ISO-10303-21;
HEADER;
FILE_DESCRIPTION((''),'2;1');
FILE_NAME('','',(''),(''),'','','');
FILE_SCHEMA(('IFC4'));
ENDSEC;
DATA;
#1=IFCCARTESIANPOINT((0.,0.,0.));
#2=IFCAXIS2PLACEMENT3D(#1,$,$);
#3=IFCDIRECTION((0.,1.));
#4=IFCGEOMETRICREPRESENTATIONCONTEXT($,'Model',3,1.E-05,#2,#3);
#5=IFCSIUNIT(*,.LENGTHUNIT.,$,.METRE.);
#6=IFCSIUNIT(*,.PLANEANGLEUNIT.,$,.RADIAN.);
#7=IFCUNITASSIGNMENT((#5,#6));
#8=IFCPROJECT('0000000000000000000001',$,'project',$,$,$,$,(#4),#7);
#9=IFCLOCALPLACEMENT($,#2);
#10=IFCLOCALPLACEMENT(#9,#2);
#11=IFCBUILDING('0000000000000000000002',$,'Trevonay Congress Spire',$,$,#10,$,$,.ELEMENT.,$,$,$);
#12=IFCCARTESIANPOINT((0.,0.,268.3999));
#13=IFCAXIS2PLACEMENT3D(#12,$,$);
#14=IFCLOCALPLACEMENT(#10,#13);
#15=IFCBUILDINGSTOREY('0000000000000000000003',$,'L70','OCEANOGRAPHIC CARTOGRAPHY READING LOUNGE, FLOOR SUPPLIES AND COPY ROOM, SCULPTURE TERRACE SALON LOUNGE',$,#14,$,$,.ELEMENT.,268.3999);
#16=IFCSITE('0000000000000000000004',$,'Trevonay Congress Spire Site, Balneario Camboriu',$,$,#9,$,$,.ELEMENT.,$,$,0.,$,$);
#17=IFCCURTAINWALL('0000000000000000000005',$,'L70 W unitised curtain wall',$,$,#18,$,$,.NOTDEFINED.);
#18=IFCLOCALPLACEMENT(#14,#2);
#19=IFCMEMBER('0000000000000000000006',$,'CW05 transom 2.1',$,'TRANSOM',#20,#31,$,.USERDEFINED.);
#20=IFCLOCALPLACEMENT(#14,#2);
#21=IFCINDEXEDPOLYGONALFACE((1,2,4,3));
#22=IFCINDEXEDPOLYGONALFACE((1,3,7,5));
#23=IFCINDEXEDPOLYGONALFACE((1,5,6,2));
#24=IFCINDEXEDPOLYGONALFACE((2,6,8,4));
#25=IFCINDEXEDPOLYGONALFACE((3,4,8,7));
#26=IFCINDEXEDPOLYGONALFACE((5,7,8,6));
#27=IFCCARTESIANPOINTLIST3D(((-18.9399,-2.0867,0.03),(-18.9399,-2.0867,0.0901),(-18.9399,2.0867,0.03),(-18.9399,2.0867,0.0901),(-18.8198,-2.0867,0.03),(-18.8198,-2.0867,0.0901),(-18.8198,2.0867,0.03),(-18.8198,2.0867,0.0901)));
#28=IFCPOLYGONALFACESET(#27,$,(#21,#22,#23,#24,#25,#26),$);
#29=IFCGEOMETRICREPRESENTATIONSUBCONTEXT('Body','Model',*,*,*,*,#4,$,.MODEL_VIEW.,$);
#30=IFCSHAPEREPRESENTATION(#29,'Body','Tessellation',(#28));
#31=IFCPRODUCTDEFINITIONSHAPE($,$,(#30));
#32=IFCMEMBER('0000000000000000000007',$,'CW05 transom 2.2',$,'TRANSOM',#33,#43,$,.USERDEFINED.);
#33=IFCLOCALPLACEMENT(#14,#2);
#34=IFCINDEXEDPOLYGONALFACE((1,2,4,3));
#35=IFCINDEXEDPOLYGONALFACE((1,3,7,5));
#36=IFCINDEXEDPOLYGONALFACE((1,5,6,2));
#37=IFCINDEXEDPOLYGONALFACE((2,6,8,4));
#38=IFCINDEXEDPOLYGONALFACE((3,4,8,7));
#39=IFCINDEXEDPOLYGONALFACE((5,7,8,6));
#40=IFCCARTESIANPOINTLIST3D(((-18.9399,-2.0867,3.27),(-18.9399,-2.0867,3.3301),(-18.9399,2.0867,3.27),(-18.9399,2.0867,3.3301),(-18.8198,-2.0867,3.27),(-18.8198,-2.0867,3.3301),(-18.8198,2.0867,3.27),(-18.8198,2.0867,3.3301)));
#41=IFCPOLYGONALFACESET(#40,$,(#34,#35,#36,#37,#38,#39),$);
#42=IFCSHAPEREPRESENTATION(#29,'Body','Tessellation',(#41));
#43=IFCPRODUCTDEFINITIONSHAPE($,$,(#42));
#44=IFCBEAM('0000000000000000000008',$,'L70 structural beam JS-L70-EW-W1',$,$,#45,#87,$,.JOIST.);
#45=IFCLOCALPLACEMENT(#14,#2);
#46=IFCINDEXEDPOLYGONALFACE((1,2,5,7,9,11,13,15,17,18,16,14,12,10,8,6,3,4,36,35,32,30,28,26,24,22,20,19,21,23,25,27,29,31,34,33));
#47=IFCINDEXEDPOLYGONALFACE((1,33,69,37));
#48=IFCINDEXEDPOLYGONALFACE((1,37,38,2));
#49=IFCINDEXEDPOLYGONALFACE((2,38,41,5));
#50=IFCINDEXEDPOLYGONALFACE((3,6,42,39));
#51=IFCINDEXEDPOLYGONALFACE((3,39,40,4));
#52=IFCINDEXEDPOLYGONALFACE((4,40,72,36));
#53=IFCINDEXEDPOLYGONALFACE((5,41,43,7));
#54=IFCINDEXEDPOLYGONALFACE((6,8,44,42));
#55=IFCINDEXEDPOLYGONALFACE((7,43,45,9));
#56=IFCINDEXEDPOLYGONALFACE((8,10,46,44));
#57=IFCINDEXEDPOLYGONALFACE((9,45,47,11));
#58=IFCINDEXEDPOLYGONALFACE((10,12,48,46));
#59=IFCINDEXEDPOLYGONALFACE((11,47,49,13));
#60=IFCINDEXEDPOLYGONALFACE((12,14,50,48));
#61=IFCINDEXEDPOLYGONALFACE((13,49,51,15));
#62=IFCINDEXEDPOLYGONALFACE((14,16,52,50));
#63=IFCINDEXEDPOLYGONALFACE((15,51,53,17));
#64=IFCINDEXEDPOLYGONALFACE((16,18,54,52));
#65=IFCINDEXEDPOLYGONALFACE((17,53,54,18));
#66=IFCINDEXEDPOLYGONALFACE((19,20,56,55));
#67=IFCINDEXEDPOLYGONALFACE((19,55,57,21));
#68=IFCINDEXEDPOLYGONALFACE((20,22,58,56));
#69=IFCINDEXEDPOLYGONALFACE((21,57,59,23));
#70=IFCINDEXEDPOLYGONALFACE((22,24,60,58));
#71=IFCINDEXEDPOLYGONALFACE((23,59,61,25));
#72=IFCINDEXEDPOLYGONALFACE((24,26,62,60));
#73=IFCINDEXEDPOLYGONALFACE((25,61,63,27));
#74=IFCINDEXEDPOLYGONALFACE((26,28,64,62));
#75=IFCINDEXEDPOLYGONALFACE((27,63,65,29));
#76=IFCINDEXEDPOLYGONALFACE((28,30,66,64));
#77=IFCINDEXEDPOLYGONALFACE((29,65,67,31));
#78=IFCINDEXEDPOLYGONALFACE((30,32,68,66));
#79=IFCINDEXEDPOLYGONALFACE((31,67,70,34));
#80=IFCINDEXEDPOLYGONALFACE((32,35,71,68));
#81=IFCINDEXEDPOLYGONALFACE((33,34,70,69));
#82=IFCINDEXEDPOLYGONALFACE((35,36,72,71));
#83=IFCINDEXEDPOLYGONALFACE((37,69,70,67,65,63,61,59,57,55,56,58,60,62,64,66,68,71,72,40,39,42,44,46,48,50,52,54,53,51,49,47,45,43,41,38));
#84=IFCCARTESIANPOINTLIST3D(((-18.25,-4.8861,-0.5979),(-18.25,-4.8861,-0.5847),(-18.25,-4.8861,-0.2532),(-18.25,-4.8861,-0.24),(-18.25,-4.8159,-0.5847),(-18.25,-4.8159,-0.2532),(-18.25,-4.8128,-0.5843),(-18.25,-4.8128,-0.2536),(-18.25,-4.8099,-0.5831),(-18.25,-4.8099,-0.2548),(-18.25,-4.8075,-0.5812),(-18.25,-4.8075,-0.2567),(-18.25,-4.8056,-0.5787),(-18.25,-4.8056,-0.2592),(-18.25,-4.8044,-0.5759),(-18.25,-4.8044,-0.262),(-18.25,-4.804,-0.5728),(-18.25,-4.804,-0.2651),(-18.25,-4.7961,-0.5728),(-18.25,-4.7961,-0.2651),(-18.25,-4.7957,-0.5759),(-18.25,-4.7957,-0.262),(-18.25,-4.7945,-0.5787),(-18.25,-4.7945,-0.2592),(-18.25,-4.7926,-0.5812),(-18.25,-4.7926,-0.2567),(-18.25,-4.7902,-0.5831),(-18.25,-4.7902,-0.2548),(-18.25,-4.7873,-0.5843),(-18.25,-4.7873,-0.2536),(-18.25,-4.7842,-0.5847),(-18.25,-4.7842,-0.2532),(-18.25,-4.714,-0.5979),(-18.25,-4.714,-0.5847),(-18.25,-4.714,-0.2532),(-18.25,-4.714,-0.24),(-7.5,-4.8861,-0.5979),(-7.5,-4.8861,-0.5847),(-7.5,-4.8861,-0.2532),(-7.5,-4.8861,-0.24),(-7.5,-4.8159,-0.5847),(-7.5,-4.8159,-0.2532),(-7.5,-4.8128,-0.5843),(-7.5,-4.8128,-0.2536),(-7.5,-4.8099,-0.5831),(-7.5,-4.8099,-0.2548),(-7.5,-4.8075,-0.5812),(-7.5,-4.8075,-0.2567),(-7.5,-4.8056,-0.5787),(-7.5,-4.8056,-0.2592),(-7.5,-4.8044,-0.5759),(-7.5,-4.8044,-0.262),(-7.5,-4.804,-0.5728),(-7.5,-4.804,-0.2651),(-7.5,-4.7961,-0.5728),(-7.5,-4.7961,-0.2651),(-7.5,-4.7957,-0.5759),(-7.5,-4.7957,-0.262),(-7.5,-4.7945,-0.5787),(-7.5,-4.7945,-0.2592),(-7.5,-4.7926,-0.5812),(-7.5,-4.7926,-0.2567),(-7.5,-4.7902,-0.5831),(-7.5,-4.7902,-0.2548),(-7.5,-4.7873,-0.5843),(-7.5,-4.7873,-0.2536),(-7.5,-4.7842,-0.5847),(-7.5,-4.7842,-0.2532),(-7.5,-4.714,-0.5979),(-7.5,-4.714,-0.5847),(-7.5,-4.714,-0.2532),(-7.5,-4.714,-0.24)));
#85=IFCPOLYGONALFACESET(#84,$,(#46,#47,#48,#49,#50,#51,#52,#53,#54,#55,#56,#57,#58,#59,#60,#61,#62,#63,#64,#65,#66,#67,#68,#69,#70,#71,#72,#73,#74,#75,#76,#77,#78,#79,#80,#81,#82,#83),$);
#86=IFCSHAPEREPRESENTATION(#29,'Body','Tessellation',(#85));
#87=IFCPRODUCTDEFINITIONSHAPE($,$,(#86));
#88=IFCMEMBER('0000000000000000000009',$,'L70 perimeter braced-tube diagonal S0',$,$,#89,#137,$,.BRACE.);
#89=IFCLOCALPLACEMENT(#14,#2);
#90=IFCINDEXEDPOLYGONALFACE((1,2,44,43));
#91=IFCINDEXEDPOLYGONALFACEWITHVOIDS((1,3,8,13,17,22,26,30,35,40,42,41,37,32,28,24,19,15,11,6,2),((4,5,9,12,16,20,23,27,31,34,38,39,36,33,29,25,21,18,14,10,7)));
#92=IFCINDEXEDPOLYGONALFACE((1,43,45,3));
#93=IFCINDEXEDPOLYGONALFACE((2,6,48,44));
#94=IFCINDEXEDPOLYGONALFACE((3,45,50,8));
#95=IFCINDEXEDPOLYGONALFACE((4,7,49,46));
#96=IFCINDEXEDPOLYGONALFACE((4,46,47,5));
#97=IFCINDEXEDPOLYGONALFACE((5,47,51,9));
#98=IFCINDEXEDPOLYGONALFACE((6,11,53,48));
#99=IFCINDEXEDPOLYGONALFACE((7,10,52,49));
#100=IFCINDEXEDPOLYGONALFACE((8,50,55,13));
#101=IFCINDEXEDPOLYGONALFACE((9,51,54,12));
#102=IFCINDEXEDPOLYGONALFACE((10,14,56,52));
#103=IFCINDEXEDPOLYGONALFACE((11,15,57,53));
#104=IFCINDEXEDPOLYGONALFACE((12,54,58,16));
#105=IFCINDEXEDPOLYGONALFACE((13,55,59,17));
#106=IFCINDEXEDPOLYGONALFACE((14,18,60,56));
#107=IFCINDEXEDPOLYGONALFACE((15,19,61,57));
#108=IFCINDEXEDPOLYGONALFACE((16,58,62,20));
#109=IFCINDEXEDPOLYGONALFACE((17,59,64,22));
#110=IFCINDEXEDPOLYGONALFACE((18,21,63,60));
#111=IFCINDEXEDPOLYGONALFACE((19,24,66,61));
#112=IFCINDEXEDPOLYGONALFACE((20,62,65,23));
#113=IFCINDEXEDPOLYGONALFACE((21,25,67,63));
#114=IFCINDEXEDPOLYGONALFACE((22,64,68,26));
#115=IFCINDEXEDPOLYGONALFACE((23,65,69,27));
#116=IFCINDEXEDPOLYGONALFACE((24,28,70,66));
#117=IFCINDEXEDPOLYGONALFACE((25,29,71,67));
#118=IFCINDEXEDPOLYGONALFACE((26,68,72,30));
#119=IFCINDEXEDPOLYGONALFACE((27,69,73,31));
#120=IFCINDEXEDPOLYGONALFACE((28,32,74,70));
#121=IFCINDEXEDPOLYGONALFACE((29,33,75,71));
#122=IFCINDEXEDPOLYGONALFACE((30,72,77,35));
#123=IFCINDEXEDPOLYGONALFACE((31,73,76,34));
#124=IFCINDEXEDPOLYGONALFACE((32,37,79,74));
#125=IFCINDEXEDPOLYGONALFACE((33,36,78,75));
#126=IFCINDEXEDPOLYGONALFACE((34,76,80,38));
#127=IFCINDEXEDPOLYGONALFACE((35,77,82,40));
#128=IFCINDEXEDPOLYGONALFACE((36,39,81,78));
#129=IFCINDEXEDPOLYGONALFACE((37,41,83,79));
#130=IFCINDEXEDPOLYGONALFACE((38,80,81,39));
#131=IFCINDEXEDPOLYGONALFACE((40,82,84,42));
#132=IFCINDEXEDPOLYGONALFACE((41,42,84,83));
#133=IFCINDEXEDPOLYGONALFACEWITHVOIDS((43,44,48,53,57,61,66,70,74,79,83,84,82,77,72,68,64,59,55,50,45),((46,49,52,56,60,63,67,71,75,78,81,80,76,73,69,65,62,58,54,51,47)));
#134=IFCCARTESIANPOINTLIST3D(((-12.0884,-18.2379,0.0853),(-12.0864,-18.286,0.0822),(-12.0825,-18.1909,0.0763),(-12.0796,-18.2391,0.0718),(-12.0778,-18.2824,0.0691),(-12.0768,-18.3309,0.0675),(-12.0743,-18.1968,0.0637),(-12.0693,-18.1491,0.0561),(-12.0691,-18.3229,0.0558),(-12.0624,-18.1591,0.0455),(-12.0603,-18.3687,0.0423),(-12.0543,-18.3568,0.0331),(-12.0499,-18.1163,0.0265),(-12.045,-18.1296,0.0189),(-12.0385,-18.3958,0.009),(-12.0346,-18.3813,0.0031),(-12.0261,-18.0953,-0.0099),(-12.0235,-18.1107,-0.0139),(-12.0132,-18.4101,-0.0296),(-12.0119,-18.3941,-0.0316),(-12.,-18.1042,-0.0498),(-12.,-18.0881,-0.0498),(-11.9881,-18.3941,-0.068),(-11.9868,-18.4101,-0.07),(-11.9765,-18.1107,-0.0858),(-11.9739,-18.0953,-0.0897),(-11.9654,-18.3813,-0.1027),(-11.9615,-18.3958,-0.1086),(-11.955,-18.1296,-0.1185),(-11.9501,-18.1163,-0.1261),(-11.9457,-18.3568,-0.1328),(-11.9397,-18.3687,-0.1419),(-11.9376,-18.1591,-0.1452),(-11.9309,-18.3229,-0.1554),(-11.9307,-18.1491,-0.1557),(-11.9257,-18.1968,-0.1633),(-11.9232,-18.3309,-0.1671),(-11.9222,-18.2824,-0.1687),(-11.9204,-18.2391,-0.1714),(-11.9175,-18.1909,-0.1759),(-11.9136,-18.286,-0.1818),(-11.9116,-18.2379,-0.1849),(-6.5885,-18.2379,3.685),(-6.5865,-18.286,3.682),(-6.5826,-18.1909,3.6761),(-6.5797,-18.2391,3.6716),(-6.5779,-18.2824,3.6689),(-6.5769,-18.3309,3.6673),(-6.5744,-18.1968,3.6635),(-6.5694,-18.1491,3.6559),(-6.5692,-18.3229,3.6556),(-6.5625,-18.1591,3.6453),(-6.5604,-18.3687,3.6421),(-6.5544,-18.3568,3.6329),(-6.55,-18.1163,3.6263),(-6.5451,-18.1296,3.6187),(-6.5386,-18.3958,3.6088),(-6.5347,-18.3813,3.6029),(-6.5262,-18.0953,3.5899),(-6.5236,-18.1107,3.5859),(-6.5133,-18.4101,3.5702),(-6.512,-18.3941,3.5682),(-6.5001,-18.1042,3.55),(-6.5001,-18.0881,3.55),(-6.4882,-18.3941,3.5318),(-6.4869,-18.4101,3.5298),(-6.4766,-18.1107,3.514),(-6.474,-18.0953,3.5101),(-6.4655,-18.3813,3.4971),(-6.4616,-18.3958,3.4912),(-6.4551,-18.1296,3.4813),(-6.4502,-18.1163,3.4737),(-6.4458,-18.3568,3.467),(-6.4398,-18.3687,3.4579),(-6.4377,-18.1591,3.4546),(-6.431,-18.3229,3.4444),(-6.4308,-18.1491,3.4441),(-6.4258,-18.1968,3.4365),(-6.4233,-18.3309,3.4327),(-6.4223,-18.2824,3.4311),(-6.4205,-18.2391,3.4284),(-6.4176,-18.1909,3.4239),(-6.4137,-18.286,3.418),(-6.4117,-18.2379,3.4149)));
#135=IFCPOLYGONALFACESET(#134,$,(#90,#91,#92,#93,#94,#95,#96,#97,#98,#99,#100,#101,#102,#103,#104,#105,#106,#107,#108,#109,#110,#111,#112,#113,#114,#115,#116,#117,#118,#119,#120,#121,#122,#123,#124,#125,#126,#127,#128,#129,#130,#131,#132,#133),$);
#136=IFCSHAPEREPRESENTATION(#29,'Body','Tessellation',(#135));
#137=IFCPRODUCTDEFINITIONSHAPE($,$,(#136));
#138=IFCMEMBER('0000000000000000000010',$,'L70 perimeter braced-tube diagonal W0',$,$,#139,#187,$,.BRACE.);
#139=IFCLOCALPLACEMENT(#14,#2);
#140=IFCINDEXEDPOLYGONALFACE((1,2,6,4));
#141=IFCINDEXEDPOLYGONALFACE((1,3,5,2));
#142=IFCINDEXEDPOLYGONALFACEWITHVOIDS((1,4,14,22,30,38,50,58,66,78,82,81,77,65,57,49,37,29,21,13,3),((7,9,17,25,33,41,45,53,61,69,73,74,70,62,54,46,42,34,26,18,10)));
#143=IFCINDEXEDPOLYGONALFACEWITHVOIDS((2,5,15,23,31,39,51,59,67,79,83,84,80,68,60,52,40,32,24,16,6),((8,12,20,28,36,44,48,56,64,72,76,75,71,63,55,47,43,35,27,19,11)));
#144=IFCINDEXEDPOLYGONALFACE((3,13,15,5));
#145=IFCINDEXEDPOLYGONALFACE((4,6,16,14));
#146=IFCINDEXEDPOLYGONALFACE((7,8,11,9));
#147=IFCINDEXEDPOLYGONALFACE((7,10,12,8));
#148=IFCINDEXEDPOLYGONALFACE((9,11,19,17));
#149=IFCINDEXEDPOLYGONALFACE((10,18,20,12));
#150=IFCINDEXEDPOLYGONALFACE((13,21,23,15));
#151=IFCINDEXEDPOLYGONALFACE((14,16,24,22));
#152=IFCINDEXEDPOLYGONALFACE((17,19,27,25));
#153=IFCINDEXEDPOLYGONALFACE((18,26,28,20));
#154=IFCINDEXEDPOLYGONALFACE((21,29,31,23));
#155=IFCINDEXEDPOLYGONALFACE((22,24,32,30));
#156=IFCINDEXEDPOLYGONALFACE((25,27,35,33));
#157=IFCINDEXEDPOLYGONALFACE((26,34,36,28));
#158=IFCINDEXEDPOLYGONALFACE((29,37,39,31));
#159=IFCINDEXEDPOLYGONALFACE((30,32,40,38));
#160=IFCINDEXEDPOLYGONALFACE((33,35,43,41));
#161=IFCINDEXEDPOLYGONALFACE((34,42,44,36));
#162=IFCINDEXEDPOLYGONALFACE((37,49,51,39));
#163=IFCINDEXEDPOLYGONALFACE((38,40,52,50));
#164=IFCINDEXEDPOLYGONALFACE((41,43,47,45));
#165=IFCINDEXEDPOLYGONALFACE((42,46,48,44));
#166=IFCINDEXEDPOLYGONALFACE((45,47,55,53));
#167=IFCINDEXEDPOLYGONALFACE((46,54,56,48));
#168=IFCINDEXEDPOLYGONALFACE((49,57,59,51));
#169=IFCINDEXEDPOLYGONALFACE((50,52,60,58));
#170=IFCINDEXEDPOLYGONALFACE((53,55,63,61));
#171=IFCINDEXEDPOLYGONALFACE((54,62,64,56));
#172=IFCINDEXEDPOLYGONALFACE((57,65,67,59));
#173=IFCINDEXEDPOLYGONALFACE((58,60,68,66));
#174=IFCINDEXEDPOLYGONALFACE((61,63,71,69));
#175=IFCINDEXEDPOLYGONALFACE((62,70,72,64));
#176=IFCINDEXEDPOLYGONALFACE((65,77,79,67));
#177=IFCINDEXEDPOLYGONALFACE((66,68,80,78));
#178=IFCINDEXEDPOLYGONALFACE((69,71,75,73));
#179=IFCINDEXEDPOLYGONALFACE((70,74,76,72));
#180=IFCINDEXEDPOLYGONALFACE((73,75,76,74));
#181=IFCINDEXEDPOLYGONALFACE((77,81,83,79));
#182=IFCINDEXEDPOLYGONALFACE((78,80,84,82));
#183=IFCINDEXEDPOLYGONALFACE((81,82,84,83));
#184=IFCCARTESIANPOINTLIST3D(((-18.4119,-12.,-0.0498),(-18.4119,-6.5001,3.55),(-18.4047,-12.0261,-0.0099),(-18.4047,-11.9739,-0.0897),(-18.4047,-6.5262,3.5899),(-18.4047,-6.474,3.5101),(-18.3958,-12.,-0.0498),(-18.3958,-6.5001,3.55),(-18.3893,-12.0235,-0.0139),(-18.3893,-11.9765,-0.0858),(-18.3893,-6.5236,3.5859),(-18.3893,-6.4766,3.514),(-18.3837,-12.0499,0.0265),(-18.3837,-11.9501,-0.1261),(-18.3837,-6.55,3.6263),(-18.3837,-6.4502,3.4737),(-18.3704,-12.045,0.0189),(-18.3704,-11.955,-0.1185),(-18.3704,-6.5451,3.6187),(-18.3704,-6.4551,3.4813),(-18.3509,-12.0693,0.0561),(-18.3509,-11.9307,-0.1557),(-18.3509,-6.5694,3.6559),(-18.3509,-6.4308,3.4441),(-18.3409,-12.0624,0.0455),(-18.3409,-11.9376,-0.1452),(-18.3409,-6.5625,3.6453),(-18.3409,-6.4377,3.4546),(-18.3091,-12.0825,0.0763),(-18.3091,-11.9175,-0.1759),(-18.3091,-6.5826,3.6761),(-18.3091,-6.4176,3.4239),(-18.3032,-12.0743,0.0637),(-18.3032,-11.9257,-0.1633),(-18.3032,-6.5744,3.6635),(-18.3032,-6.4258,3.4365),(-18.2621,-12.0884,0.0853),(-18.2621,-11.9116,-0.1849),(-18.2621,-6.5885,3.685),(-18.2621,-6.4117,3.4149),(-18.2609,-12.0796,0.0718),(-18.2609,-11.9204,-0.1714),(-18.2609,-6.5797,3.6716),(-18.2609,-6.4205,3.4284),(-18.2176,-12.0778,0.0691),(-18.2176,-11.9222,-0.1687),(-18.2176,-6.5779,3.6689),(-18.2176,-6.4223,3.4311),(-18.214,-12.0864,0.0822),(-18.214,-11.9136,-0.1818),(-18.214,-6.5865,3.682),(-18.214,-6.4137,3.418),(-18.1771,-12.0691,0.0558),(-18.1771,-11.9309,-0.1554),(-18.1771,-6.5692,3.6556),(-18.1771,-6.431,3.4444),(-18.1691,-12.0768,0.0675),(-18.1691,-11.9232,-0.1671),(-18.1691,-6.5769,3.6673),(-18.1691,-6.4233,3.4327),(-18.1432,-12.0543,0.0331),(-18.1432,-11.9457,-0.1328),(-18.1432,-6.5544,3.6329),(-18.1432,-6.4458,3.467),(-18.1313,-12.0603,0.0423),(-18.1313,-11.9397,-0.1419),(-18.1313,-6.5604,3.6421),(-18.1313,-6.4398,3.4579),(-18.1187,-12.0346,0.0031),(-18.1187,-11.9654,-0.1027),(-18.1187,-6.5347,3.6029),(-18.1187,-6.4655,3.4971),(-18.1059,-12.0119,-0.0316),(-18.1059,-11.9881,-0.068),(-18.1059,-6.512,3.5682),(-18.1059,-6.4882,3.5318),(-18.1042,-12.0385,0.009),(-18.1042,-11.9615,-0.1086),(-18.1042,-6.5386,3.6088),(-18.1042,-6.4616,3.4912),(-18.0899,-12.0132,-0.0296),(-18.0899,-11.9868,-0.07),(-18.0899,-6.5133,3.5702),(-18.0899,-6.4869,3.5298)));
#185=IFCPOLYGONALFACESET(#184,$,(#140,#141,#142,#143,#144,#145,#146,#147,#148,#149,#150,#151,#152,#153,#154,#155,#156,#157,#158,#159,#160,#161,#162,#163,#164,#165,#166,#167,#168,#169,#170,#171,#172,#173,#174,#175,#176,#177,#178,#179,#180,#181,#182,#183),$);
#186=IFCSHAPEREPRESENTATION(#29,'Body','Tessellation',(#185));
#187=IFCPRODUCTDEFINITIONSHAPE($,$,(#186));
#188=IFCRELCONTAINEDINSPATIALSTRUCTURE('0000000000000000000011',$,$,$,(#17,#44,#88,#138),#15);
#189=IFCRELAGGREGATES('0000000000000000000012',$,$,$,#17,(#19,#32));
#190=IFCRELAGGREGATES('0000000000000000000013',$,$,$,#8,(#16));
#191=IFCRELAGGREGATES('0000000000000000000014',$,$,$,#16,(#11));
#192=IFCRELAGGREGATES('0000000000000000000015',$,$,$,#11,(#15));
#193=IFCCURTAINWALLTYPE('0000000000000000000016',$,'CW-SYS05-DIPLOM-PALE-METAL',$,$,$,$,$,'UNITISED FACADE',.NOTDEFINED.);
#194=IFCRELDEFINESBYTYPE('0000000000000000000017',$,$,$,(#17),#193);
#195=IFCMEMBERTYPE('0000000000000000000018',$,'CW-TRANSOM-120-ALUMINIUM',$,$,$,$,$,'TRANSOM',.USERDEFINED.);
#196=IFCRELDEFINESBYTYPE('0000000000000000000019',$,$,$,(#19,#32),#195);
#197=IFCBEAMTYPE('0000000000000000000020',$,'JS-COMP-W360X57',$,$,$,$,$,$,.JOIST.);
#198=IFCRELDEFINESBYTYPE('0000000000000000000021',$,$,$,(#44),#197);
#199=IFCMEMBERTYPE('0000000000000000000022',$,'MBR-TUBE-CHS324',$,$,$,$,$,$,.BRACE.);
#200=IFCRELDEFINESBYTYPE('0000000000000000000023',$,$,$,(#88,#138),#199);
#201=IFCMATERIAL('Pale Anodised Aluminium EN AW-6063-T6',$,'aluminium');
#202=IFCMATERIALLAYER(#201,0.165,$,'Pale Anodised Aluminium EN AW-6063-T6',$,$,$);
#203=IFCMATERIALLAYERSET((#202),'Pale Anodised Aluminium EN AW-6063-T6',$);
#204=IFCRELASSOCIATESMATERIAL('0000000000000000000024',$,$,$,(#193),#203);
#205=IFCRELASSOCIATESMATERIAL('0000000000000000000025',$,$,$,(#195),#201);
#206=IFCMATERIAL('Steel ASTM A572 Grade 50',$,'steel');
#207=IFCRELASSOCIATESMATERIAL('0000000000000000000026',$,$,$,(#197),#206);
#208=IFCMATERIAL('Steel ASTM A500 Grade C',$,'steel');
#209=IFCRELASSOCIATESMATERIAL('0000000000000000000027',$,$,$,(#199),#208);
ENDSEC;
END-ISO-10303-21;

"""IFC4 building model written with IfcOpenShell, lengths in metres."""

from ifc_helpers import new_model, si_unit, direction, frame, origin, origin_2d, place, context, subcontext, project, spatial, rectangle, hollow_circle, i_section, extrude, material, layer, layer_set, material_profile, profile_set, type_object, element, aggregate, save


model = new_model("IFC4")

# Units and contexts
model_context = context("Model", 3, precision=1e-05, world=origin(), true_north=direction((0.0, 1.0)))
body_context = subcontext(model_context, "Body", "Model", "MODEL_VIEW")
ifc_project = project(units=[si_unit("LENGTHUNIT", "METRE"), si_unit("PLANEANGLEUNIT", "RADIAN")], contexts=[model_context])

# Site, building, storey
site_placement = place(None, origin())
site = spatial("IfcSite", under=ifc_project, at=site_placement, Name="Trevonay Congress Spire Site, Balneario Camboriu", CompositionType="ELEMENT", RefElevation=0.0)
building_placement = place(site_placement, origin())
building = spatial("IfcBuilding", under=site, at=building_placement, Name="Trevonay Congress Spire", CompositionType="ELEMENT")
storey_placement = place(building_placement, frame((0.0, 0.0, 268.3999)))
storey = spatial("IfcBuildingStorey", under=building, at=storey_placement, Name="L70", Description="OCEANOGRAPHIC CARTOGRAPHY READING LOUNGE, FLOOR SUPPLIES AND COPY ROOM, SCULPTURE TERRACE SALON LOUNGE", CompositionType="ELEMENT", Elevation=268.3999)

# Shared definitions
ifc_material_1 = material(Name="Steel ASTM A572 Grade 50", Category="steel")

# Curtain wall, members
ifc_material_2 = material(Name="Pale Anodised Aluminium EN AW-6063-T6", Category="aluminium")
ifc_layer_1 = layer(ifc_material_2, 0.165, Name="Pale Anodised Aluminium EN AW-6063-T6")
ifc_layer_set_1 = layer_set([ifc_layer_1], Name="Pale Anodised Aluminium EN AW-6063-T6")
curtain_wall_type = type_object("IfcCurtainWallType", Name="CW-SYS05-DIPLOM-PALE-METAL", ElementType="UNITISED FACADE", PredefinedType="NOTDEFINED", material=ifc_layer_set_1)
curtain_wall_placement = place(storey_placement, origin())
curtain_wall = element("IfcCurtainWall", 1, at=curtain_wall_placement, inside=storey, type_object=curtain_wall_type, Name="L70 W unitised curtain wall", PredefinedType="NOTDEFINED")
ifc_material_profile_1 = material_profile(ifc_material_2, rectangle(XDim=0.1201, YDim=0.0601, at=origin_2d()), Name="CW-TRANSOM-120-ALUMINIUM")
ifc_profile_set_1 = profile_set([ifc_material_profile_1], Name="Pale Anodised Aluminium EN AW-6063-T6")
member_type_1 = type_object("IfcMemberType", Name="CW-TRANSOM-120-ALUMINIUM", ElementType="TRANSOM", PredefinedType="USERDEFINED", material=ifc_profile_set_1)
member_1_placement = place(storey_placement, frame((-18.8799, -2.0867, 0.0601), z_axis=(0.0, 1.0, 0.0), x_axis=(-1.0, 0.0, 0.0)))
member_1 = element("IfcMember", 2, at=member_1_placement, type_object=member_type_1, Name="CW05 transom 2.1", ObjectType="TRANSOM", PredefinedType="USERDEFINED", context=body_context, shape_type="SweptSolid", body=[
    extrude(rectangle(XDim=0.1201, YDim=0.0601, at=origin_2d()), origin(), (0.0, 0.0, 1.0), 4.1733),
])
member_2_placement = place(storey_placement, frame((-18.8799, -2.0867, 3.3), z_axis=(0.0, 1.0, 0.0), x_axis=(-1.0, 0.0, 0.0)))
member_2 = element("IfcMember", 3, at=member_2_placement, type_object=member_type_1, Name="CW05 transom 2.2", ObjectType="TRANSOM", PredefinedType="USERDEFINED", context=body_context, shape_type="SweptSolid", body=[
    extrude(rectangle(XDim=0.1201, YDim=0.0601, at=origin_2d()), origin(), (0.0, 0.0, 1.0), 4.1733),
])

# Beam
ifc_material_profile_2 = material_profile(ifc_material_1, i_section(OverallWidth=0.1721, OverallDepth=0.3579, WebThickness=0.0078, FlangeThickness=0.0132, FilletRadius=0.012, at=origin_2d()), Name="W360x57.8")
ifc_profile_set_2 = profile_set([ifc_material_profile_2], Name="Steel ASTM A572 Grade 50")
beam_type_1 = type_object("IfcBeamType", Name="JS-COMP-W360X57", PredefinedType="JOIST", material=ifc_profile_set_2)
beam_1_placement = place(storey_placement, frame((-18.25, -4.8, -0.4189), z_axis=(1.0, 0.0, 0.0), x_axis=(0.0, 1.0, 0.0)))
element("IfcBeam", 4, at=beam_1_placement, inside=storey, type_object=beam_type_1, Name="L70 structural beam JS-L70-EW-W1", PredefinedType="JOIST", context=body_context, shape_type="SweptSolid", body=[
    extrude(i_section(OverallWidth=0.1721, OverallDepth=0.3579, WebThickness=0.0078, FlangeThickness=0.0132, FilletRadius=0.012, at=origin_2d()), origin(), (0.0, 0.0, 1.0), 10.75),
])

# Members
ifc_material_3 = material(Name="Steel ASTM A500 Grade C", Category="steel")
ifc_material_profile_3 = material_profile(ifc_material_3, hollow_circle(Radius=0.1619, WallThickness=0.0161, at=origin_2d()), Name="CHS 323.9x16")
ifc_profile_set_3 = profile_set([ifc_material_profile_3], Name="Steel ASTM A500 Grade C")
member_type_2 = type_object("IfcMemberType", Name="MBR-TUBE-CHS324", PredefinedType="BRACE", material=ifc_profile_set_3)
for number, where, z_axis, x_axis, name in (
    (5, (-12.0, -18.25, -0.0498), (0.836712, 0.0, 0.547644), (0.0, 1.0, 0.0), "L70 perimeter braced-tube diagonal S0"),
    (6, (-18.25, -12.0, -0.0498), (0.0, 0.836712, 0.547644), (-1.0, 0.0, 0.0), "L70 perimeter braced-tube diagonal W0"),
):
    element("IfcMember", number, at=place(storey_placement, frame(where, z_axis=z_axis, x_axis=x_axis)), inside=storey, type_object=member_type_2, Name=name, PredefinedType="BRACE", context=body_context, shape_type="SweptSolid", body=[
        extrude(hollow_circle(Radius=0.1619, WallThickness=0.0161, at=origin_2d()), origin(), (0.0, 0.0, 1.0), 6.5732),
    ])

aggregate(curtain_wall, [member_1, member_2])

save(model, "model.ifc")
